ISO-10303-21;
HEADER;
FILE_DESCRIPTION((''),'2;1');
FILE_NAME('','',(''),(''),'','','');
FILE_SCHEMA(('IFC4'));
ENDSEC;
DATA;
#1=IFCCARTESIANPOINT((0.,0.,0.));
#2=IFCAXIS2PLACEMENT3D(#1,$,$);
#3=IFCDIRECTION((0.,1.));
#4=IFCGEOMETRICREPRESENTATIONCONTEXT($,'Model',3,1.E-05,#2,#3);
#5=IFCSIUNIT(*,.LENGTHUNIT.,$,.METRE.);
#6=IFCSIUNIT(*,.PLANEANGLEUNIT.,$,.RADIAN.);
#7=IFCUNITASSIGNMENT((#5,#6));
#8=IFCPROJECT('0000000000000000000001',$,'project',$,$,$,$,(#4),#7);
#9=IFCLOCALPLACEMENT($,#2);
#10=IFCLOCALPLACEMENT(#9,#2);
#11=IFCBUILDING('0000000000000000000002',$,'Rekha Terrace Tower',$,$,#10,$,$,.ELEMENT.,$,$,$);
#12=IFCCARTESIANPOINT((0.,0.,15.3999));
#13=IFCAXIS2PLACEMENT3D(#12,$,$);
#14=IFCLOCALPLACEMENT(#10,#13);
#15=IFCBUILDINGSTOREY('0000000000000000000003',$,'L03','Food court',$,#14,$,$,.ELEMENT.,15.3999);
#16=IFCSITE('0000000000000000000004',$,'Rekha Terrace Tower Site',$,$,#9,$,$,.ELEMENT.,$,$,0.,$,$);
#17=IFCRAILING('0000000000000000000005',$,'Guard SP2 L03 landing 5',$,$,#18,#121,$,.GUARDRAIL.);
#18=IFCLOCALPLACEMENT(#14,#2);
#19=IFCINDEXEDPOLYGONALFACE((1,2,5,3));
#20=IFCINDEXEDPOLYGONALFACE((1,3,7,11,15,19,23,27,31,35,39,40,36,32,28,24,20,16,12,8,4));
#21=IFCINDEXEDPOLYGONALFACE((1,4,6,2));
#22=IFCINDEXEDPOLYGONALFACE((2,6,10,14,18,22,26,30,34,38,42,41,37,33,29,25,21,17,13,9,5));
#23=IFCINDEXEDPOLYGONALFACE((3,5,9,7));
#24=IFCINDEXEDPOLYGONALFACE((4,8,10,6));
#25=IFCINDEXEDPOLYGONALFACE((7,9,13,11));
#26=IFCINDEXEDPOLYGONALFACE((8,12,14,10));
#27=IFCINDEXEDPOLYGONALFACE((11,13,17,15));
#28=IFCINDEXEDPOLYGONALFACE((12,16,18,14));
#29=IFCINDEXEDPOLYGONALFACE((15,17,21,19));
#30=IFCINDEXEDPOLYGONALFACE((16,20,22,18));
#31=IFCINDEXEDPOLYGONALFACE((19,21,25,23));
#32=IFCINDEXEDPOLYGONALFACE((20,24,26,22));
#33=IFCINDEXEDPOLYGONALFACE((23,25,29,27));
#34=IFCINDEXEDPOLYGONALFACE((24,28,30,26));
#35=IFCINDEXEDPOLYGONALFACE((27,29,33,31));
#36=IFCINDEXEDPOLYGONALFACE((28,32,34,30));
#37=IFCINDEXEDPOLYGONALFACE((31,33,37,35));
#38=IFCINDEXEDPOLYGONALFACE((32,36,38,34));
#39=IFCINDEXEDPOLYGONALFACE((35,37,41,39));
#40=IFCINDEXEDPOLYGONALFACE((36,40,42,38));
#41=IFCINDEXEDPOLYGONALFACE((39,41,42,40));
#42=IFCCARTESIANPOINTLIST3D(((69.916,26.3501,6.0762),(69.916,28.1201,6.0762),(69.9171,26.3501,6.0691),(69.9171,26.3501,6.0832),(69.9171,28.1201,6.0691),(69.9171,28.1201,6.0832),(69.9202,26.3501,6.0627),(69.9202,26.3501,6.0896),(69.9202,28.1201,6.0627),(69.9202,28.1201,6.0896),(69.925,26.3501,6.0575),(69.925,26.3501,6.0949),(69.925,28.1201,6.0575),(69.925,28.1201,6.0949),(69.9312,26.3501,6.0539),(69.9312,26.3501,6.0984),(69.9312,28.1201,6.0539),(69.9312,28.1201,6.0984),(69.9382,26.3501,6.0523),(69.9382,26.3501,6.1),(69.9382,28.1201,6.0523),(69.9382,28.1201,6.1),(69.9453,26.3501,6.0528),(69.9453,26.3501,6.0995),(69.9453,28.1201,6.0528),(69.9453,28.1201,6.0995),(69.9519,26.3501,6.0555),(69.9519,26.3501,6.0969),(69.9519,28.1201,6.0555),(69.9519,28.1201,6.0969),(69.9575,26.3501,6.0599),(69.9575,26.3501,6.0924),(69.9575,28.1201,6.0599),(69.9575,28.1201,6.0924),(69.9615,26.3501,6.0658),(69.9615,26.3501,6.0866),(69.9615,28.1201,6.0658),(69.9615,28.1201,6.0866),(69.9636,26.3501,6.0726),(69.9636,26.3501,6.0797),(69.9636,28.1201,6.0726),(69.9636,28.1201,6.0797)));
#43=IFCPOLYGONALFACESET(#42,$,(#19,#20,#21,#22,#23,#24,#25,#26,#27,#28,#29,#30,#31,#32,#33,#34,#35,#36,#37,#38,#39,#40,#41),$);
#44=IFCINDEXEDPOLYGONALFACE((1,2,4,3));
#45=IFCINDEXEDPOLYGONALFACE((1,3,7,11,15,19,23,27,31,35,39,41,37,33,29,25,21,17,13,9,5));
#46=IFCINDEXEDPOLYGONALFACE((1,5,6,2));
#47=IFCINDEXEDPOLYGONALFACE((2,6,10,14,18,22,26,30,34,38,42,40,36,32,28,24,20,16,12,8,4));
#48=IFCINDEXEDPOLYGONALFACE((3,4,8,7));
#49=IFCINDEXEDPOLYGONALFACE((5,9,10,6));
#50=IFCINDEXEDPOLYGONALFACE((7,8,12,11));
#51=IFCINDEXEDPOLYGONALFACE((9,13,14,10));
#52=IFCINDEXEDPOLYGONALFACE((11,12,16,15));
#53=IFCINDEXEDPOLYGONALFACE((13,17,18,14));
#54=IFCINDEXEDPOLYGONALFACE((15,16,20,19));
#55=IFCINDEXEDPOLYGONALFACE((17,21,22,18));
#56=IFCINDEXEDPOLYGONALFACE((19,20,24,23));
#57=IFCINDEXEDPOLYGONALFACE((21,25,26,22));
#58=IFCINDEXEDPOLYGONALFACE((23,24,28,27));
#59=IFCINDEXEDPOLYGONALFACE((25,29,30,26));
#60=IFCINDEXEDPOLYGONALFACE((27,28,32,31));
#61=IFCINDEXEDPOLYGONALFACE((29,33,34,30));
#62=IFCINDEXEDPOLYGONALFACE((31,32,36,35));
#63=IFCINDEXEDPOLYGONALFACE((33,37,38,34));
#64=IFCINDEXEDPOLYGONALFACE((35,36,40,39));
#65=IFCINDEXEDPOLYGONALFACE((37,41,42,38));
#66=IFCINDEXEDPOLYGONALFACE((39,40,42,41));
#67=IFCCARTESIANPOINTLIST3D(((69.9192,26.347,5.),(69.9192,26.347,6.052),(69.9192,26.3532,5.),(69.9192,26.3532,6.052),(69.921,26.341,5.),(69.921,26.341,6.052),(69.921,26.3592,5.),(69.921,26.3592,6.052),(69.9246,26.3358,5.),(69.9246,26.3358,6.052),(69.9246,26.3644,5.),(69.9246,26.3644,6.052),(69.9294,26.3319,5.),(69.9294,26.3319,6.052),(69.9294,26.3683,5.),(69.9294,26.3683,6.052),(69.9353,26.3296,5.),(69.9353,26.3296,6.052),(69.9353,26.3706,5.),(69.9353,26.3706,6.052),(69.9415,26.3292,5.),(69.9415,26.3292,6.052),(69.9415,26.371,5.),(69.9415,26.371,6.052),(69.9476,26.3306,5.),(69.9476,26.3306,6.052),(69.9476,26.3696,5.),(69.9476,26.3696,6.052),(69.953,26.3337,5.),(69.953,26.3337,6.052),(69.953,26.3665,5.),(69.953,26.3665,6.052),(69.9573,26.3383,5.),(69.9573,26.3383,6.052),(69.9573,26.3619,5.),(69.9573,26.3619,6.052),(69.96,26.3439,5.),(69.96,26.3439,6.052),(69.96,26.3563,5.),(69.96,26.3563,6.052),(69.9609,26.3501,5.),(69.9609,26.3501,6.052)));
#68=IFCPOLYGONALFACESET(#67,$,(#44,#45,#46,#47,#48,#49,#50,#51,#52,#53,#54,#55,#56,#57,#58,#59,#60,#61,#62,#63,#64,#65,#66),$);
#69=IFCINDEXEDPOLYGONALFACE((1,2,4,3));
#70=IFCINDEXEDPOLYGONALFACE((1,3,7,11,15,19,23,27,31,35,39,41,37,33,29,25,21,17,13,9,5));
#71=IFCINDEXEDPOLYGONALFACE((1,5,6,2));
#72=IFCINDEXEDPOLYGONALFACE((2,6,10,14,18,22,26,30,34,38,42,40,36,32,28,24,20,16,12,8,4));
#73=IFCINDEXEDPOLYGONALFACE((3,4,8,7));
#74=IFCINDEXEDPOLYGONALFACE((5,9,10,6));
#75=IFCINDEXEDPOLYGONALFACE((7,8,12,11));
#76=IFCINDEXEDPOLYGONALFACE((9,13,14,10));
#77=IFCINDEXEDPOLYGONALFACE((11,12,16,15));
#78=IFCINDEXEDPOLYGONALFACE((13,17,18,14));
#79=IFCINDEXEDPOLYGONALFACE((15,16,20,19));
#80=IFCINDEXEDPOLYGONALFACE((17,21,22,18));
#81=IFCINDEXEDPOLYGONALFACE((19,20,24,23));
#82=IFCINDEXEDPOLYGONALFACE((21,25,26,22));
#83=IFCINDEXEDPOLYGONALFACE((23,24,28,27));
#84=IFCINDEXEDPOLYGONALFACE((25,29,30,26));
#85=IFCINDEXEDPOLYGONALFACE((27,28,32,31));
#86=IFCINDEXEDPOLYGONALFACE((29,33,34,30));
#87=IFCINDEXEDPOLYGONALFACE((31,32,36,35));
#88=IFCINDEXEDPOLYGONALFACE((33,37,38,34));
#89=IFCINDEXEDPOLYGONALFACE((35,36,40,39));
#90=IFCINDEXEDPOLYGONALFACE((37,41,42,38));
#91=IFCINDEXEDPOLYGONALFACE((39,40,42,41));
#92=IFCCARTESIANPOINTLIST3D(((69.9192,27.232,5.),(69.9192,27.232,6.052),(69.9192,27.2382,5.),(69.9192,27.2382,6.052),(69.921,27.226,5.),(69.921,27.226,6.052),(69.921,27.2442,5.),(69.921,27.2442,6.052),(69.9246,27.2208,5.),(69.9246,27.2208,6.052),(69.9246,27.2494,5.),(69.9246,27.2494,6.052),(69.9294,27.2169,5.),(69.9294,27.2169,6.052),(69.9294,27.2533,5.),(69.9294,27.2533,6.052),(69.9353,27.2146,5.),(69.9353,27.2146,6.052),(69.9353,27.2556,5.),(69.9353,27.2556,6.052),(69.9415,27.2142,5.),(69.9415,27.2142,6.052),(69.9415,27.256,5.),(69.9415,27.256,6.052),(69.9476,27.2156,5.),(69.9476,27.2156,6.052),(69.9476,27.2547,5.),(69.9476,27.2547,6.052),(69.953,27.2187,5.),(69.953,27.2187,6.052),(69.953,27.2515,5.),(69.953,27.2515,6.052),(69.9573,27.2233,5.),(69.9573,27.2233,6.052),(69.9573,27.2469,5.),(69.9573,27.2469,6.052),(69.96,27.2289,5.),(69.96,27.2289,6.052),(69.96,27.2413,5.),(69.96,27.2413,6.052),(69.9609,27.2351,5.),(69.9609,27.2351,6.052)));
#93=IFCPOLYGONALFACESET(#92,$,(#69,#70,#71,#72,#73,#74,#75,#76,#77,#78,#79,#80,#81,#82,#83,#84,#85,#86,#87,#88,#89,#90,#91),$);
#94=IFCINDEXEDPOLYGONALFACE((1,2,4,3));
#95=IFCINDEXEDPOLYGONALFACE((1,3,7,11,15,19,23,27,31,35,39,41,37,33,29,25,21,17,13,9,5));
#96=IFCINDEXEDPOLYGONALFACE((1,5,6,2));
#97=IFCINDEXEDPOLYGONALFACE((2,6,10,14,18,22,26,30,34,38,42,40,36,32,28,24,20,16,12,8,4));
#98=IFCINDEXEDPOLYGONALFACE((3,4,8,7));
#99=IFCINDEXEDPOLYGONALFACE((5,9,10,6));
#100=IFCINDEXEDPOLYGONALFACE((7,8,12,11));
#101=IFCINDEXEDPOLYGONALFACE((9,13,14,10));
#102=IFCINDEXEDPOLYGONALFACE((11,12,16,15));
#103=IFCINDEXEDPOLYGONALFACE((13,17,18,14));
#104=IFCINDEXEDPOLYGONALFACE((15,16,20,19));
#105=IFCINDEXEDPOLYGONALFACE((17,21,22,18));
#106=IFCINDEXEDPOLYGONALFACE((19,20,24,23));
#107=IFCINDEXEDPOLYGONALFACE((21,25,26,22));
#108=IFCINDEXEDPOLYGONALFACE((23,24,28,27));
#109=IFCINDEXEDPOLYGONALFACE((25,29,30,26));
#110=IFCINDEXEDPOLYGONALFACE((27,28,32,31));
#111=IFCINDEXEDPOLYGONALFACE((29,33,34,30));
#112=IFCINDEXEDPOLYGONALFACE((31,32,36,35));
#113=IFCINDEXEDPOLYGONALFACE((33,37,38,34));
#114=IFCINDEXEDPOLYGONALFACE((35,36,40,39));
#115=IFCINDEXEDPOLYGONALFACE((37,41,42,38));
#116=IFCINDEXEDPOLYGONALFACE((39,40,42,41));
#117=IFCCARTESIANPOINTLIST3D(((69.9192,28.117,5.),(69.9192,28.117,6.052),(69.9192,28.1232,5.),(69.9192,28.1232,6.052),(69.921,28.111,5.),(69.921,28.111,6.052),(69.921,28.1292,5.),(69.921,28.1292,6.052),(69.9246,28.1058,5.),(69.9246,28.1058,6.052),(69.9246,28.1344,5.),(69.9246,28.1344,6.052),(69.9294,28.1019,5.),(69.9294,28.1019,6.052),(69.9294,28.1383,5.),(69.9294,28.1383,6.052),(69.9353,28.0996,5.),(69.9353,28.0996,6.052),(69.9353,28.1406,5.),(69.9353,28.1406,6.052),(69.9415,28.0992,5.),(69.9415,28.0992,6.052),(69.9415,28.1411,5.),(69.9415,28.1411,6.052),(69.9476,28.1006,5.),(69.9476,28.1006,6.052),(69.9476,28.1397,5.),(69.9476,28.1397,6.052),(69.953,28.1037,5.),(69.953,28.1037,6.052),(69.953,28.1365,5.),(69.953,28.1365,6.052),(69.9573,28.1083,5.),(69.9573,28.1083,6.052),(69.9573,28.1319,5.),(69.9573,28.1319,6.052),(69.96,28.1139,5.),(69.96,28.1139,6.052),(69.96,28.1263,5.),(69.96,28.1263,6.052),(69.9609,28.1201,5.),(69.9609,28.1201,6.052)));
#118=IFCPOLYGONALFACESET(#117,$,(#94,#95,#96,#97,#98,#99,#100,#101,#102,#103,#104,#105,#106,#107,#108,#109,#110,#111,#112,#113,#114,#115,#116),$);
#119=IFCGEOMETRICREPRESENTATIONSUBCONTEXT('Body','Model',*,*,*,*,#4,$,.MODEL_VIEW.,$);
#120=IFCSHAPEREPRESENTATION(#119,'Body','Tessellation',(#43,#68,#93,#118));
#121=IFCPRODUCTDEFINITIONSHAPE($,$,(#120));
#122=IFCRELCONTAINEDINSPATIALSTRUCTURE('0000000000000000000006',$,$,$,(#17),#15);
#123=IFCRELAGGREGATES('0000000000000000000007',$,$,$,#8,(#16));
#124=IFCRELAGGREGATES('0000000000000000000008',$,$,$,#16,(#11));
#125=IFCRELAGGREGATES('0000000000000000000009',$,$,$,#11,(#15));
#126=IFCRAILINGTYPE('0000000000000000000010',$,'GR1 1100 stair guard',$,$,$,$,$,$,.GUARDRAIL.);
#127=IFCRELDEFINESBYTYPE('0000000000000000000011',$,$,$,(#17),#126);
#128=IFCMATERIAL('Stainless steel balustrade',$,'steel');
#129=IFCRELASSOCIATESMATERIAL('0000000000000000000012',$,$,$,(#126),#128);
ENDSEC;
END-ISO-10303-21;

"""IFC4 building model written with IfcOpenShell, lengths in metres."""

from ifc_helpers import new_model, si_unit, direction, frame, origin, origin_2d, place, context, subcontext, project, spatial, circle, extrude, material, type_object, element, save


model = new_model("IFC4")

# Units and contexts
model_context = context("Model", 3, precision=1e-05, world=origin(), true_north=direction((0.0, 1.0)))
body_context = subcontext(model_context, "Body", "Model", "MODEL_VIEW")
ifc_project = project(units=[si_unit("LENGTHUNIT", "METRE"), si_unit("PLANEANGLEUNIT", "RADIAN")], contexts=[model_context])

# Site, building, storey
site_placement = place(None, origin())
site = spatial("IfcSite", under=ifc_project, at=site_placement, Name="Rekha Terrace Tower Site", CompositionType="ELEMENT", RefElevation=0.0)
building_placement = place(site_placement, origin())
building = spatial("IfcBuilding", under=site, at=building_placement, Name="Rekha Terrace Tower", CompositionType="ELEMENT")
storey_placement = place(building_placement, frame((0.0, 0.0, 15.3999)))
storey = spatial("IfcBuildingStorey", under=building, at=storey_placement, Name="L03", Description="Food court", CompositionType="ELEMENT", Elevation=15.3999)

# Railing
ifc_material_1 = material(Name="Stainless steel balustrade", Category="steel")
railing_type_1 = type_object("IfcRailingType", Name="GR1 1100 stair guard", PredefinedType="GUARDRAIL", material=ifc_material_1)
railing_1_placement = place(storey_placement, frame((69.9399, 26.3501, 5.0)))
element("IfcRailing", 1, at=railing_1_placement, inside=storey, type_object=railing_type_1, Name="Guard SP2 L03 landing 5", PredefinedType="GUARDRAIL", context=body_context, shape_type="SweptSolid", body=[
    extrude(circle(Radius=0.0239, at=origin_2d()), frame((0.0, 0.0, 1.0762), z_axis=(0.0, 1.0, 0.0), x_axis=(-1.0, 0.0, 0.0)), (0.0, 0.0, 1.0), 1.77),
    extrude(circle(Radius=0.021, at=origin_2d()), origin(), (0.0, 0.0, 1.0), 1.052),
    extrude(circle(Radius=0.021, at=origin_2d()), frame((0.0, 0.885, 0.0)), (0.0, 0.0, 1.0), 1.052),
    extrude(circle(Radius=0.021, at=origin_2d()), frame((0.0, 1.77, 0.0)), (0.0, 0.0, 1.0), 1.052),
])

save(model, "model.ifc")
